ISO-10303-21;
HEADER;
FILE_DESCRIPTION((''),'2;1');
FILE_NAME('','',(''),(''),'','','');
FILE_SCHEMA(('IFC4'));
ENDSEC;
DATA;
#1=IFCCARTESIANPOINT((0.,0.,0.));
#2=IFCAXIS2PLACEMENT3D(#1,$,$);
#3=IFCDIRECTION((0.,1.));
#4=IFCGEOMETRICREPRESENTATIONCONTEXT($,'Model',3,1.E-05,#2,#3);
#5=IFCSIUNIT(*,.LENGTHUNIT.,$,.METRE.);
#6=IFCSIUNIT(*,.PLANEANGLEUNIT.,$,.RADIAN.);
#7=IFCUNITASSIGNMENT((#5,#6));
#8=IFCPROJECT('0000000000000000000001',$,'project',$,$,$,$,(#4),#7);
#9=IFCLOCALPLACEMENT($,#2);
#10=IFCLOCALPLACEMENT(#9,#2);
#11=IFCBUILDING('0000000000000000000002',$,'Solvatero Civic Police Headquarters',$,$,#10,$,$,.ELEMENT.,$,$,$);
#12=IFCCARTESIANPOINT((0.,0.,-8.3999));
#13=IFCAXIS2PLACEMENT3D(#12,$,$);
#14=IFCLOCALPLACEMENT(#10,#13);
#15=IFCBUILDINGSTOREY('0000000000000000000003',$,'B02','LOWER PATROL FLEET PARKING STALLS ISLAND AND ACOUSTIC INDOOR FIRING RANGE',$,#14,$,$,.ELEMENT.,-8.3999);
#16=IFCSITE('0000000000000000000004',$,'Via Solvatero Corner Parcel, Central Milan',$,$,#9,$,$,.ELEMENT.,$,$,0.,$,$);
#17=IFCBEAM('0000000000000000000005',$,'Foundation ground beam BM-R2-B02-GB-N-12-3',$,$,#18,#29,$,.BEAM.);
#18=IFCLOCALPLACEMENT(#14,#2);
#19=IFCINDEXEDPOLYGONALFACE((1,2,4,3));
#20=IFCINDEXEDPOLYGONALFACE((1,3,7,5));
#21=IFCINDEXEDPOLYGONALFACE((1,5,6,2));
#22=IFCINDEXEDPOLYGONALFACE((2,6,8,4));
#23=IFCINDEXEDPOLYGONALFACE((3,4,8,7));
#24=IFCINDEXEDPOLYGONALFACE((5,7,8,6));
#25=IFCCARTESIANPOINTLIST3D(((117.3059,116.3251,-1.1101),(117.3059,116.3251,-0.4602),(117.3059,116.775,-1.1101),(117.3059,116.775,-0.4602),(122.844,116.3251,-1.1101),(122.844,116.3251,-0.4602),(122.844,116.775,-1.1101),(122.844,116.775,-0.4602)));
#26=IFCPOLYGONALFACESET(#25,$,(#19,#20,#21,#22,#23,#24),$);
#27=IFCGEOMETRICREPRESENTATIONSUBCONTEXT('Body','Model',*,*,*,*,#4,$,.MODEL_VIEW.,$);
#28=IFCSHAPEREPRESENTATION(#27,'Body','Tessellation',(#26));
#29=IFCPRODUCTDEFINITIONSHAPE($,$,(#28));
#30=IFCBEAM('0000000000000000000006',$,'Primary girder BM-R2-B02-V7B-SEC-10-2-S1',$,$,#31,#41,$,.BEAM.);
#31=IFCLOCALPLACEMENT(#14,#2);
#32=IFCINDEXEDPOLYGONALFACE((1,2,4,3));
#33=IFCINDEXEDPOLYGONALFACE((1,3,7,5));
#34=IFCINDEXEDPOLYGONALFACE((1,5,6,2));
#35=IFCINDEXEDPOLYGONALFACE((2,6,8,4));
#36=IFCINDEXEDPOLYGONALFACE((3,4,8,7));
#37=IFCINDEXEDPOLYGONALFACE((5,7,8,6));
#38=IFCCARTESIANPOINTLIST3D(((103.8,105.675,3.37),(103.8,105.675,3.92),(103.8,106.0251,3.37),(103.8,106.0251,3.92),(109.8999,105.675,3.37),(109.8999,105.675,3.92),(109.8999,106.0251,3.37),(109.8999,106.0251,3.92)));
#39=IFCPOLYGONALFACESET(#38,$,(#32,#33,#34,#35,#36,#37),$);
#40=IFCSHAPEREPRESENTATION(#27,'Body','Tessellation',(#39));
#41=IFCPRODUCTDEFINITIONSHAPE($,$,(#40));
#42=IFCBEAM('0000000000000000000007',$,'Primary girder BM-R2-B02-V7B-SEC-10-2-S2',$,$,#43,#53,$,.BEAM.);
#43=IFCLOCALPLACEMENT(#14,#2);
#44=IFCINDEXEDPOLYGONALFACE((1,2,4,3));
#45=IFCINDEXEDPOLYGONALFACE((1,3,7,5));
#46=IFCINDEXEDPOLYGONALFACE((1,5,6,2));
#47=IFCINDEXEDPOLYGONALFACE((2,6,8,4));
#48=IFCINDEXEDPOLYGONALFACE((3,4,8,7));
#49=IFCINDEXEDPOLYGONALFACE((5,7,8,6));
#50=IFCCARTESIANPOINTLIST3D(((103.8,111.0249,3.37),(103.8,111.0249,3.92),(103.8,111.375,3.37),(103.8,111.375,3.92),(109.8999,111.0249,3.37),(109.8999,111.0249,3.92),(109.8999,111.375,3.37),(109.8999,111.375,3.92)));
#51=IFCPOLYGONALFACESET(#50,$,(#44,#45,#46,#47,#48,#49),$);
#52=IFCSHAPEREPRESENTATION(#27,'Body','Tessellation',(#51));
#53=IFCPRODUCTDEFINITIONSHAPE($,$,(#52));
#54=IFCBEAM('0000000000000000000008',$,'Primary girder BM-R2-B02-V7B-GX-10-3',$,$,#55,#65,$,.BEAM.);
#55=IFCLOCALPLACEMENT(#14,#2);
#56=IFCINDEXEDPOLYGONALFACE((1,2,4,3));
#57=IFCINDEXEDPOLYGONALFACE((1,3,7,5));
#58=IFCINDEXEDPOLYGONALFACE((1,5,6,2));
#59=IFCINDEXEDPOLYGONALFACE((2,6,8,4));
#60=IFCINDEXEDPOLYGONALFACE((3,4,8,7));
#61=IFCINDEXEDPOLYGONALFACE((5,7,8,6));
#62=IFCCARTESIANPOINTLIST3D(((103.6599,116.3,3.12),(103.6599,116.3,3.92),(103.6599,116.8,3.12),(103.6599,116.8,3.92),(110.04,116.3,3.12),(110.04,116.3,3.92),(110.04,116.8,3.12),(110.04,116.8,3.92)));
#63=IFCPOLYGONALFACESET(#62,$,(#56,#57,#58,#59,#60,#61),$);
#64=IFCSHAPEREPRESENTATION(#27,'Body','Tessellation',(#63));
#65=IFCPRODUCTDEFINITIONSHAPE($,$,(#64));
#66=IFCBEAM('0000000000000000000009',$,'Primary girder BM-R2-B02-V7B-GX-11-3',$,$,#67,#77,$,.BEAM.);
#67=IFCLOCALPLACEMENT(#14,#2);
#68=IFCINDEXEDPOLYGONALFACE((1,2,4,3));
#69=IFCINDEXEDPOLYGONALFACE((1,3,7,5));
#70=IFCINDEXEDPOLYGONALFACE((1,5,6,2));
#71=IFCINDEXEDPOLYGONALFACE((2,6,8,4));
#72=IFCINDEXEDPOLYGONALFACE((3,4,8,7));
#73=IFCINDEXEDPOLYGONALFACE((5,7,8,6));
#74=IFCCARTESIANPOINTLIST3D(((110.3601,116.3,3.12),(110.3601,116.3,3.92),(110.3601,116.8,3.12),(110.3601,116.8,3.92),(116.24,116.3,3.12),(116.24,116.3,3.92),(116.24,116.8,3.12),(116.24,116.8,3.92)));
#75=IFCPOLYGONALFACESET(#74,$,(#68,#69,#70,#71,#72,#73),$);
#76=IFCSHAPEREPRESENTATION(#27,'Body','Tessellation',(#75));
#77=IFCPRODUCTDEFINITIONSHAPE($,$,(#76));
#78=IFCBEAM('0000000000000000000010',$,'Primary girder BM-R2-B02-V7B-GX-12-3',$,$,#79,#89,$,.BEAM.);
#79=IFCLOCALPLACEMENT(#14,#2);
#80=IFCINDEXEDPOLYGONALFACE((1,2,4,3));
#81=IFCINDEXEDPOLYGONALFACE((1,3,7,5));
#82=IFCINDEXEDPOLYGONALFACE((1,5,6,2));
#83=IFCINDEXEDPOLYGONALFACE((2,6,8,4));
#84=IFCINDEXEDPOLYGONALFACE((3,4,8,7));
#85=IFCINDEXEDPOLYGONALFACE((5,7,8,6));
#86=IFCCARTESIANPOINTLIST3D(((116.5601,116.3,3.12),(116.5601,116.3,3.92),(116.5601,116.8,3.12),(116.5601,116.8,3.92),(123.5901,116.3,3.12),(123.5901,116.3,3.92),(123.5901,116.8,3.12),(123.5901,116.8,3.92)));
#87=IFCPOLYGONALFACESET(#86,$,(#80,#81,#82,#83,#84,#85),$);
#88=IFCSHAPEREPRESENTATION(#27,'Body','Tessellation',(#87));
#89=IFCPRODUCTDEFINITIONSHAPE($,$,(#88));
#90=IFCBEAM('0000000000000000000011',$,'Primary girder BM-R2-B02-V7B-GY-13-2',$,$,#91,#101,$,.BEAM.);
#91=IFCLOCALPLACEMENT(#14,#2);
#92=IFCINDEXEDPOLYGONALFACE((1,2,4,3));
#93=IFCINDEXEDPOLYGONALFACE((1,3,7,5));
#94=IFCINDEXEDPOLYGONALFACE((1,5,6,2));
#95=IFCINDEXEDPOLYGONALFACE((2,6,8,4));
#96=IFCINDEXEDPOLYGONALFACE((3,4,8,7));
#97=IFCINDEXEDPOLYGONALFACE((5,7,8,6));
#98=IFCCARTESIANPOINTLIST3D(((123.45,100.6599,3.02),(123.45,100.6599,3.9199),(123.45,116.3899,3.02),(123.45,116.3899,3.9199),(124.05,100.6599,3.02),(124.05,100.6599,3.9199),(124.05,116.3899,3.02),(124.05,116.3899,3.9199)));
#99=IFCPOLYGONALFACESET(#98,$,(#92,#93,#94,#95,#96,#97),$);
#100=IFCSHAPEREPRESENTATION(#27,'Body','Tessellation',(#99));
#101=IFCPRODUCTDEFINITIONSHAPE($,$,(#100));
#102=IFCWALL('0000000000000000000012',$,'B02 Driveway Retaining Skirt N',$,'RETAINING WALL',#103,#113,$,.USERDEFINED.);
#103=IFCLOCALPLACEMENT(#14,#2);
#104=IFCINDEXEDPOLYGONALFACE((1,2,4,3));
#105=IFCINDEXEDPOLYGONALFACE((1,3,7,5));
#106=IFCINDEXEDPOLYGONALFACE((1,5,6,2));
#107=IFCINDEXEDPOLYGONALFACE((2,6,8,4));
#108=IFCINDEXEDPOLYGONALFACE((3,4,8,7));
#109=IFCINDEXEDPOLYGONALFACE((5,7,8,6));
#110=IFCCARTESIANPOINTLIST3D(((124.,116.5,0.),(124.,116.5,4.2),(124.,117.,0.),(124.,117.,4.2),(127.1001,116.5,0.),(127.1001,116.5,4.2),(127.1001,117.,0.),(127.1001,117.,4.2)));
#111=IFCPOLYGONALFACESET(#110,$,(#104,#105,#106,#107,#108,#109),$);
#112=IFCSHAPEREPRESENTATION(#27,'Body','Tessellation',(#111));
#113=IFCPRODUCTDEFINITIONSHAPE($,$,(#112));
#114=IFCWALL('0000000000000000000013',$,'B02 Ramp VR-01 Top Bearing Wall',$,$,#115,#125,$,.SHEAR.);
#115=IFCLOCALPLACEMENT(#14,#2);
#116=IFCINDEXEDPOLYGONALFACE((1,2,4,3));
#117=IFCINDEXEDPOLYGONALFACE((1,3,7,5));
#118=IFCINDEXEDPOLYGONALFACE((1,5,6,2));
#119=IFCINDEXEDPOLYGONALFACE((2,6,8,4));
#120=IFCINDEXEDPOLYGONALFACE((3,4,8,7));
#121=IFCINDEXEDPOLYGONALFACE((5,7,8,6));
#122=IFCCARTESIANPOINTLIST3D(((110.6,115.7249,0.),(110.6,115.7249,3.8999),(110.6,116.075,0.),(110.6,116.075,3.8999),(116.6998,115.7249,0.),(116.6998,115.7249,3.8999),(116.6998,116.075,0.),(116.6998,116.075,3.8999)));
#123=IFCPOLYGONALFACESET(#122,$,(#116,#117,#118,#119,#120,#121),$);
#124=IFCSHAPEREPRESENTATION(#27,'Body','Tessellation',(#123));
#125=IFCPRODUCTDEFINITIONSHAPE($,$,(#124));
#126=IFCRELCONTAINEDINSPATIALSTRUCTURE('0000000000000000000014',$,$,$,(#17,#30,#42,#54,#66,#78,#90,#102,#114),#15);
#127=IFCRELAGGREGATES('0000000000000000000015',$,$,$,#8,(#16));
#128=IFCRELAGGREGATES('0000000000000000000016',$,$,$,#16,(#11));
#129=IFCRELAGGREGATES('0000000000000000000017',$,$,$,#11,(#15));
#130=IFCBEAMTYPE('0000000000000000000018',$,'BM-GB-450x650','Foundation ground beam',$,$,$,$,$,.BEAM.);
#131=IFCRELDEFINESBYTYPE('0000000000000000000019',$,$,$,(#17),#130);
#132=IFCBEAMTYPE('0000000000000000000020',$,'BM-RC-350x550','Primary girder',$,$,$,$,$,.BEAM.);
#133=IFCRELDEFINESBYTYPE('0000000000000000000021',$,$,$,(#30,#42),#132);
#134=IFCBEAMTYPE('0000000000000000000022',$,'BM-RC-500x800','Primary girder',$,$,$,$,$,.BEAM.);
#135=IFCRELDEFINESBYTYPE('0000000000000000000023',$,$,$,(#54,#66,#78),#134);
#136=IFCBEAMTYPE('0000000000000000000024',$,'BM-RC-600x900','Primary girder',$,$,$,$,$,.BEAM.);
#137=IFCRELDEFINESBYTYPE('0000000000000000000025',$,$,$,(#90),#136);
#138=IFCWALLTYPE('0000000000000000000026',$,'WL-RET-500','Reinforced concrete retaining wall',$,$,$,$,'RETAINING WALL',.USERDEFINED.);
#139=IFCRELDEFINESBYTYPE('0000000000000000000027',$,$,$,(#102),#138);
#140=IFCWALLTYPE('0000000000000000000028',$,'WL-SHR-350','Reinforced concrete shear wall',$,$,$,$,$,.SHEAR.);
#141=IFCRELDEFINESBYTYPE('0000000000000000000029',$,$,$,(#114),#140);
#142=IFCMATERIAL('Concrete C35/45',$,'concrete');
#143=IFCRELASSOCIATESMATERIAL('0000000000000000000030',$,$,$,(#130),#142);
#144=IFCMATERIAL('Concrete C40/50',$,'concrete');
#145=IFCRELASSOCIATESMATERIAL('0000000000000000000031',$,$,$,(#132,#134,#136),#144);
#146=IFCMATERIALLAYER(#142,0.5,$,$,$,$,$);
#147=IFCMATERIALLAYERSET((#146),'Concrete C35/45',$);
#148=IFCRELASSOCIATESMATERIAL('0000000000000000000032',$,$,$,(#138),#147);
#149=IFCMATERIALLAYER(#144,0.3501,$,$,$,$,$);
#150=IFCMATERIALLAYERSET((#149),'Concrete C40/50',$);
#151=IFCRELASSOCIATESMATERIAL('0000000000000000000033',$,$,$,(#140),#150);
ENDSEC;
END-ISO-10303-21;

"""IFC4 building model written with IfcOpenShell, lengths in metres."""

from ifc_helpers import new_model, si_unit, direction, frame, frame_2d, origin, origin_2d, place, context, subcontext, project, spatial, rectangle, extrude, material, layer, layer_set, material_profile, profile_set, type_object, element, save


model = new_model("IFC4")

# Units and contexts
model_context = context("Model", 3, precision=1e-05, world=origin(), true_north=direction((0.0, 1.0)))
body_context = subcontext(model_context, "Body", "Model", "MODEL_VIEW")
ifc_project = project(units=[si_unit("LENGTHUNIT", "METRE"), si_unit("PLANEANGLEUNIT", "RADIAN")], contexts=[model_context])

# Site, building, storey
site_placement = place(None, origin())
site = spatial("IfcSite", under=ifc_project, at=site_placement, Name="Via Solvatero Corner Parcel, Central Milan", CompositionType="ELEMENT", RefElevation=0.0)
building_placement = place(site_placement, origin())
building = spatial("IfcBuilding", under=site, at=building_placement, Name="Solvatero Civic Police Headquarters", CompositionType="ELEMENT")
storey_placement = place(building_placement, frame((0.0, 0.0, -8.3999)))
storey = spatial("IfcBuildingStorey", under=building, at=storey_placement, Name="B02", Description="LOWER PATROL FLEET PARKING STALLS ISLAND AND ACOUSTIC INDOOR FIRING RANGE", CompositionType="ELEMENT", Elevation=-8.3999)

# Shared definitions
ifc_material_1 = material(Name="Concrete C35/45", Category="concrete")

# Shared definitions
ifc_material_2 = material(Name="Concrete C40/50", Category="concrete")

# Beams
ifc_material_profile_1 = material_profile(ifc_material_1, rectangle(XDim=0.45, YDim=0.6499, at=origin_2d()), Name="GB 450x650")
ifc_profile_set_1 = profile_set([ifc_material_profile_1], Name="Concrete C35/45")
beam_type_1 = type_object("IfcBeamType", Name="BM-GB-450x650", Description="Foundation ground beam", PredefinedType="BEAM", material=ifc_profile_set_1)
beam_1_placement = place(storey_placement, frame((117.3059, 116.55, -0.7852), z_axis=(1.0, 0.0, 0.0), x_axis=(0.0, 1.0, 0.0)))
element("IfcBeam", 1, at=beam_1_placement, inside=storey, type_object=beam_type_1, Name="Foundation ground beam BM-R2-B02-GB-N-12-3", PredefinedType="BEAM", context=body_context, shape_type="SweptSolid", body=[
    extrude(rectangle(XDim=0.45, YDim=0.6499, at=origin_2d()), origin(), (0.0, 0.0, 1.0), 5.5381),
])
ifc_material_profile_2 = material_profile(ifc_material_2, rectangle(XDim=0.3501, YDim=0.55, at=origin_2d()), Name="RC 350x550")
ifc_profile_set_2 = profile_set([ifc_material_profile_2], Name="Concrete C40/50")
beam_type_2 = type_object("IfcBeamType", Name="BM-RC-350x550", Description="Primary girder", PredefinedType="BEAM", material=ifc_profile_set_2)
for number, where, z_axis, x_axis, name in (
    (2, (103.8, 105.8501, 3.645), (1.0, 0.0, 0.0), (0.0, 1.0, 0.0), "Primary girder BM-R2-B02-V7B-SEC-10-2-S1"),
    (3, (103.8, 111.2, 3.645), (1.0, 0.0, 0.0), (0.0, 1.0, 0.0), "Primary girder BM-R2-B02-V7B-SEC-10-2-S2"),
):
    element("IfcBeam", number, at=place(storey_placement, frame(where, z_axis=z_axis, x_axis=x_axis)), inside=storey, type_object=beam_type_2, Name=name, PredefinedType="BEAM", context=body_context, shape_type="SweptSolid", body=[
        extrude(rectangle(XDim=0.3501, YDim=0.55, at=origin_2d()), origin(), (0.0, 0.0, 1.0), 6.0999),
    ])
ifc_material_profile_3 = material_profile(ifc_material_2, rectangle(XDim=0.5, YDim=0.8, at=origin_2d()), Name="RC 500x800")
ifc_profile_set_3 = profile_set([ifc_material_profile_3], Name="Concrete C40/50")
beam_type_3 = type_object("IfcBeamType", Name="BM-RC-500x800", Description="Primary girder", PredefinedType="BEAM", material=ifc_profile_set_3)
beam_2_placement = place(storey_placement, frame((103.6599, 116.55, 3.52), z_axis=(1.0, 0.0, 0.0), x_axis=(0.0, 1.0, 0.0)))
element("IfcBeam", 4, at=beam_2_placement, inside=storey, type_object=beam_type_3, Name="Primary girder BM-R2-B02-V7B-GX-10-3", PredefinedType="BEAM", context=body_context, shape_type="SweptSolid", body=[
    extrude(rectangle(XDim=0.5, YDim=0.8, at=origin_2d()), origin(), (0.0, 0.0, 1.0), 6.3801),
])
beam_3_placement = place(storey_placement, frame((110.3601, 116.55, 3.52), z_axis=(1.0, 0.0, 0.0), x_axis=(0.0, 1.0, 0.0)))
element("IfcBeam", 5, at=beam_3_placement, inside=storey, type_object=beam_type_3, Name="Primary girder BM-R2-B02-V7B-GX-11-3", PredefinedType="BEAM", context=body_context, shape_type="SweptSolid", body=[
    extrude(rectangle(XDim=0.5, YDim=0.8, at=origin_2d()), origin(), (0.0, 0.0, 1.0), 5.8799),
])
beam_4_placement = place(storey_placement, frame((116.5601, 116.55, 3.52), z_axis=(1.0, 0.0, 0.0), x_axis=(0.0, 1.0, 0.0)))
element("IfcBeam", 6, at=beam_4_placement, inside=storey, type_object=beam_type_3, Name="Primary girder BM-R2-B02-V7B-GX-12-3", PredefinedType="BEAM", context=body_context, shape_type="SweptSolid", body=[
    extrude(rectangle(XDim=0.5, YDim=0.8, at=origin_2d()), origin(), (0.0, 0.0, 1.0), 7.03),
])
ifc_material_profile_4 = material_profile(ifc_material_2, rectangle(XDim=0.6001, YDim=0.8999, at=origin_2d()), Name="RC 600x900")
ifc_profile_set_4 = profile_set([ifc_material_profile_4], Name="Concrete C40/50")
beam_type_4 = type_object("IfcBeamType", Name="BM-RC-600x900", Description="Primary girder", PredefinedType="BEAM", material=ifc_profile_set_4)
beam_5_placement = place(storey_placement, frame((123.75, 100.6599, 3.47), z_axis=(0.0, 1.0, 0.0), x_axis=(-1.0, 0.0, 0.0)))
element("IfcBeam", 7, at=beam_5_placement, inside=storey, type_object=beam_type_4, Name="Primary girder BM-R2-B02-V7B-GY-13-2", PredefinedType="BEAM", context=body_context, shape_type="SweptSolid", body=[
    extrude(rectangle(XDim=0.6001, YDim=0.8999, at=origin_2d()), origin(), (0.0, 0.0, 1.0), 15.73),
])

# Walls
ifc_layer_1 = layer(ifc_material_1, 0.5)
ifc_layer_set_1 = layer_set([ifc_layer_1], Name="Concrete C35/45")
wall_type_1 = type_object("IfcWallType", Name="WL-RET-500", Description="Reinforced concrete retaining wall", ElementType="RETAINING WALL", PredefinedType="USERDEFINED", material=ifc_layer_set_1)
wall_1_placement = place(storey_placement, frame((124.0, 116.75, 0.0), z_axis=(0.0, 0.0, 1.0), x_axis=(1.0, 0.0, 0.0)))
element("IfcWall", 8, at=wall_1_placement, inside=storey, type_object=wall_type_1, Name="B02 Driveway Retaining Skirt N", ObjectType="RETAINING WALL", PredefinedType="USERDEFINED", context=body_context, shape_type="SweptSolid", body=[
    extrude(rectangle(XDim=3.1001, YDim=0.5, at=frame_2d((1.55, 0.0))), origin(), (0.0, 0.0, 1.0), 4.2),
])
ifc_layer_2 = layer(ifc_material_2, 0.3501)
ifc_layer_set_2 = layer_set([ifc_layer_2], Name="Concrete C40/50")
wall_type_2 = type_object("IfcWallType", Name="WL-SHR-350", Description="Reinforced concrete shear wall", PredefinedType="SHEAR", material=ifc_layer_set_2)
wall_2_placement = place(storey_placement, frame((110.6001, 115.8999, 0.0), z_axis=(0.0, 0.0, 1.0), x_axis=(1.0, 0.0, 0.0)))
element("IfcWall", 9, at=wall_2_placement, inside=storey, type_object=wall_type_2, Name="B02 Ramp VR-01 Top Bearing Wall", PredefinedType="SHEAR", context=body_context, shape_type="SweptSolid", body=[
    extrude(rectangle(XDim=6.0999, YDim=0.3501, at=frame_2d((3.0498, 0.0))), origin(), (0.0, 0.0, 1.0), 3.8999),
])

save(model, "model.ifc")
